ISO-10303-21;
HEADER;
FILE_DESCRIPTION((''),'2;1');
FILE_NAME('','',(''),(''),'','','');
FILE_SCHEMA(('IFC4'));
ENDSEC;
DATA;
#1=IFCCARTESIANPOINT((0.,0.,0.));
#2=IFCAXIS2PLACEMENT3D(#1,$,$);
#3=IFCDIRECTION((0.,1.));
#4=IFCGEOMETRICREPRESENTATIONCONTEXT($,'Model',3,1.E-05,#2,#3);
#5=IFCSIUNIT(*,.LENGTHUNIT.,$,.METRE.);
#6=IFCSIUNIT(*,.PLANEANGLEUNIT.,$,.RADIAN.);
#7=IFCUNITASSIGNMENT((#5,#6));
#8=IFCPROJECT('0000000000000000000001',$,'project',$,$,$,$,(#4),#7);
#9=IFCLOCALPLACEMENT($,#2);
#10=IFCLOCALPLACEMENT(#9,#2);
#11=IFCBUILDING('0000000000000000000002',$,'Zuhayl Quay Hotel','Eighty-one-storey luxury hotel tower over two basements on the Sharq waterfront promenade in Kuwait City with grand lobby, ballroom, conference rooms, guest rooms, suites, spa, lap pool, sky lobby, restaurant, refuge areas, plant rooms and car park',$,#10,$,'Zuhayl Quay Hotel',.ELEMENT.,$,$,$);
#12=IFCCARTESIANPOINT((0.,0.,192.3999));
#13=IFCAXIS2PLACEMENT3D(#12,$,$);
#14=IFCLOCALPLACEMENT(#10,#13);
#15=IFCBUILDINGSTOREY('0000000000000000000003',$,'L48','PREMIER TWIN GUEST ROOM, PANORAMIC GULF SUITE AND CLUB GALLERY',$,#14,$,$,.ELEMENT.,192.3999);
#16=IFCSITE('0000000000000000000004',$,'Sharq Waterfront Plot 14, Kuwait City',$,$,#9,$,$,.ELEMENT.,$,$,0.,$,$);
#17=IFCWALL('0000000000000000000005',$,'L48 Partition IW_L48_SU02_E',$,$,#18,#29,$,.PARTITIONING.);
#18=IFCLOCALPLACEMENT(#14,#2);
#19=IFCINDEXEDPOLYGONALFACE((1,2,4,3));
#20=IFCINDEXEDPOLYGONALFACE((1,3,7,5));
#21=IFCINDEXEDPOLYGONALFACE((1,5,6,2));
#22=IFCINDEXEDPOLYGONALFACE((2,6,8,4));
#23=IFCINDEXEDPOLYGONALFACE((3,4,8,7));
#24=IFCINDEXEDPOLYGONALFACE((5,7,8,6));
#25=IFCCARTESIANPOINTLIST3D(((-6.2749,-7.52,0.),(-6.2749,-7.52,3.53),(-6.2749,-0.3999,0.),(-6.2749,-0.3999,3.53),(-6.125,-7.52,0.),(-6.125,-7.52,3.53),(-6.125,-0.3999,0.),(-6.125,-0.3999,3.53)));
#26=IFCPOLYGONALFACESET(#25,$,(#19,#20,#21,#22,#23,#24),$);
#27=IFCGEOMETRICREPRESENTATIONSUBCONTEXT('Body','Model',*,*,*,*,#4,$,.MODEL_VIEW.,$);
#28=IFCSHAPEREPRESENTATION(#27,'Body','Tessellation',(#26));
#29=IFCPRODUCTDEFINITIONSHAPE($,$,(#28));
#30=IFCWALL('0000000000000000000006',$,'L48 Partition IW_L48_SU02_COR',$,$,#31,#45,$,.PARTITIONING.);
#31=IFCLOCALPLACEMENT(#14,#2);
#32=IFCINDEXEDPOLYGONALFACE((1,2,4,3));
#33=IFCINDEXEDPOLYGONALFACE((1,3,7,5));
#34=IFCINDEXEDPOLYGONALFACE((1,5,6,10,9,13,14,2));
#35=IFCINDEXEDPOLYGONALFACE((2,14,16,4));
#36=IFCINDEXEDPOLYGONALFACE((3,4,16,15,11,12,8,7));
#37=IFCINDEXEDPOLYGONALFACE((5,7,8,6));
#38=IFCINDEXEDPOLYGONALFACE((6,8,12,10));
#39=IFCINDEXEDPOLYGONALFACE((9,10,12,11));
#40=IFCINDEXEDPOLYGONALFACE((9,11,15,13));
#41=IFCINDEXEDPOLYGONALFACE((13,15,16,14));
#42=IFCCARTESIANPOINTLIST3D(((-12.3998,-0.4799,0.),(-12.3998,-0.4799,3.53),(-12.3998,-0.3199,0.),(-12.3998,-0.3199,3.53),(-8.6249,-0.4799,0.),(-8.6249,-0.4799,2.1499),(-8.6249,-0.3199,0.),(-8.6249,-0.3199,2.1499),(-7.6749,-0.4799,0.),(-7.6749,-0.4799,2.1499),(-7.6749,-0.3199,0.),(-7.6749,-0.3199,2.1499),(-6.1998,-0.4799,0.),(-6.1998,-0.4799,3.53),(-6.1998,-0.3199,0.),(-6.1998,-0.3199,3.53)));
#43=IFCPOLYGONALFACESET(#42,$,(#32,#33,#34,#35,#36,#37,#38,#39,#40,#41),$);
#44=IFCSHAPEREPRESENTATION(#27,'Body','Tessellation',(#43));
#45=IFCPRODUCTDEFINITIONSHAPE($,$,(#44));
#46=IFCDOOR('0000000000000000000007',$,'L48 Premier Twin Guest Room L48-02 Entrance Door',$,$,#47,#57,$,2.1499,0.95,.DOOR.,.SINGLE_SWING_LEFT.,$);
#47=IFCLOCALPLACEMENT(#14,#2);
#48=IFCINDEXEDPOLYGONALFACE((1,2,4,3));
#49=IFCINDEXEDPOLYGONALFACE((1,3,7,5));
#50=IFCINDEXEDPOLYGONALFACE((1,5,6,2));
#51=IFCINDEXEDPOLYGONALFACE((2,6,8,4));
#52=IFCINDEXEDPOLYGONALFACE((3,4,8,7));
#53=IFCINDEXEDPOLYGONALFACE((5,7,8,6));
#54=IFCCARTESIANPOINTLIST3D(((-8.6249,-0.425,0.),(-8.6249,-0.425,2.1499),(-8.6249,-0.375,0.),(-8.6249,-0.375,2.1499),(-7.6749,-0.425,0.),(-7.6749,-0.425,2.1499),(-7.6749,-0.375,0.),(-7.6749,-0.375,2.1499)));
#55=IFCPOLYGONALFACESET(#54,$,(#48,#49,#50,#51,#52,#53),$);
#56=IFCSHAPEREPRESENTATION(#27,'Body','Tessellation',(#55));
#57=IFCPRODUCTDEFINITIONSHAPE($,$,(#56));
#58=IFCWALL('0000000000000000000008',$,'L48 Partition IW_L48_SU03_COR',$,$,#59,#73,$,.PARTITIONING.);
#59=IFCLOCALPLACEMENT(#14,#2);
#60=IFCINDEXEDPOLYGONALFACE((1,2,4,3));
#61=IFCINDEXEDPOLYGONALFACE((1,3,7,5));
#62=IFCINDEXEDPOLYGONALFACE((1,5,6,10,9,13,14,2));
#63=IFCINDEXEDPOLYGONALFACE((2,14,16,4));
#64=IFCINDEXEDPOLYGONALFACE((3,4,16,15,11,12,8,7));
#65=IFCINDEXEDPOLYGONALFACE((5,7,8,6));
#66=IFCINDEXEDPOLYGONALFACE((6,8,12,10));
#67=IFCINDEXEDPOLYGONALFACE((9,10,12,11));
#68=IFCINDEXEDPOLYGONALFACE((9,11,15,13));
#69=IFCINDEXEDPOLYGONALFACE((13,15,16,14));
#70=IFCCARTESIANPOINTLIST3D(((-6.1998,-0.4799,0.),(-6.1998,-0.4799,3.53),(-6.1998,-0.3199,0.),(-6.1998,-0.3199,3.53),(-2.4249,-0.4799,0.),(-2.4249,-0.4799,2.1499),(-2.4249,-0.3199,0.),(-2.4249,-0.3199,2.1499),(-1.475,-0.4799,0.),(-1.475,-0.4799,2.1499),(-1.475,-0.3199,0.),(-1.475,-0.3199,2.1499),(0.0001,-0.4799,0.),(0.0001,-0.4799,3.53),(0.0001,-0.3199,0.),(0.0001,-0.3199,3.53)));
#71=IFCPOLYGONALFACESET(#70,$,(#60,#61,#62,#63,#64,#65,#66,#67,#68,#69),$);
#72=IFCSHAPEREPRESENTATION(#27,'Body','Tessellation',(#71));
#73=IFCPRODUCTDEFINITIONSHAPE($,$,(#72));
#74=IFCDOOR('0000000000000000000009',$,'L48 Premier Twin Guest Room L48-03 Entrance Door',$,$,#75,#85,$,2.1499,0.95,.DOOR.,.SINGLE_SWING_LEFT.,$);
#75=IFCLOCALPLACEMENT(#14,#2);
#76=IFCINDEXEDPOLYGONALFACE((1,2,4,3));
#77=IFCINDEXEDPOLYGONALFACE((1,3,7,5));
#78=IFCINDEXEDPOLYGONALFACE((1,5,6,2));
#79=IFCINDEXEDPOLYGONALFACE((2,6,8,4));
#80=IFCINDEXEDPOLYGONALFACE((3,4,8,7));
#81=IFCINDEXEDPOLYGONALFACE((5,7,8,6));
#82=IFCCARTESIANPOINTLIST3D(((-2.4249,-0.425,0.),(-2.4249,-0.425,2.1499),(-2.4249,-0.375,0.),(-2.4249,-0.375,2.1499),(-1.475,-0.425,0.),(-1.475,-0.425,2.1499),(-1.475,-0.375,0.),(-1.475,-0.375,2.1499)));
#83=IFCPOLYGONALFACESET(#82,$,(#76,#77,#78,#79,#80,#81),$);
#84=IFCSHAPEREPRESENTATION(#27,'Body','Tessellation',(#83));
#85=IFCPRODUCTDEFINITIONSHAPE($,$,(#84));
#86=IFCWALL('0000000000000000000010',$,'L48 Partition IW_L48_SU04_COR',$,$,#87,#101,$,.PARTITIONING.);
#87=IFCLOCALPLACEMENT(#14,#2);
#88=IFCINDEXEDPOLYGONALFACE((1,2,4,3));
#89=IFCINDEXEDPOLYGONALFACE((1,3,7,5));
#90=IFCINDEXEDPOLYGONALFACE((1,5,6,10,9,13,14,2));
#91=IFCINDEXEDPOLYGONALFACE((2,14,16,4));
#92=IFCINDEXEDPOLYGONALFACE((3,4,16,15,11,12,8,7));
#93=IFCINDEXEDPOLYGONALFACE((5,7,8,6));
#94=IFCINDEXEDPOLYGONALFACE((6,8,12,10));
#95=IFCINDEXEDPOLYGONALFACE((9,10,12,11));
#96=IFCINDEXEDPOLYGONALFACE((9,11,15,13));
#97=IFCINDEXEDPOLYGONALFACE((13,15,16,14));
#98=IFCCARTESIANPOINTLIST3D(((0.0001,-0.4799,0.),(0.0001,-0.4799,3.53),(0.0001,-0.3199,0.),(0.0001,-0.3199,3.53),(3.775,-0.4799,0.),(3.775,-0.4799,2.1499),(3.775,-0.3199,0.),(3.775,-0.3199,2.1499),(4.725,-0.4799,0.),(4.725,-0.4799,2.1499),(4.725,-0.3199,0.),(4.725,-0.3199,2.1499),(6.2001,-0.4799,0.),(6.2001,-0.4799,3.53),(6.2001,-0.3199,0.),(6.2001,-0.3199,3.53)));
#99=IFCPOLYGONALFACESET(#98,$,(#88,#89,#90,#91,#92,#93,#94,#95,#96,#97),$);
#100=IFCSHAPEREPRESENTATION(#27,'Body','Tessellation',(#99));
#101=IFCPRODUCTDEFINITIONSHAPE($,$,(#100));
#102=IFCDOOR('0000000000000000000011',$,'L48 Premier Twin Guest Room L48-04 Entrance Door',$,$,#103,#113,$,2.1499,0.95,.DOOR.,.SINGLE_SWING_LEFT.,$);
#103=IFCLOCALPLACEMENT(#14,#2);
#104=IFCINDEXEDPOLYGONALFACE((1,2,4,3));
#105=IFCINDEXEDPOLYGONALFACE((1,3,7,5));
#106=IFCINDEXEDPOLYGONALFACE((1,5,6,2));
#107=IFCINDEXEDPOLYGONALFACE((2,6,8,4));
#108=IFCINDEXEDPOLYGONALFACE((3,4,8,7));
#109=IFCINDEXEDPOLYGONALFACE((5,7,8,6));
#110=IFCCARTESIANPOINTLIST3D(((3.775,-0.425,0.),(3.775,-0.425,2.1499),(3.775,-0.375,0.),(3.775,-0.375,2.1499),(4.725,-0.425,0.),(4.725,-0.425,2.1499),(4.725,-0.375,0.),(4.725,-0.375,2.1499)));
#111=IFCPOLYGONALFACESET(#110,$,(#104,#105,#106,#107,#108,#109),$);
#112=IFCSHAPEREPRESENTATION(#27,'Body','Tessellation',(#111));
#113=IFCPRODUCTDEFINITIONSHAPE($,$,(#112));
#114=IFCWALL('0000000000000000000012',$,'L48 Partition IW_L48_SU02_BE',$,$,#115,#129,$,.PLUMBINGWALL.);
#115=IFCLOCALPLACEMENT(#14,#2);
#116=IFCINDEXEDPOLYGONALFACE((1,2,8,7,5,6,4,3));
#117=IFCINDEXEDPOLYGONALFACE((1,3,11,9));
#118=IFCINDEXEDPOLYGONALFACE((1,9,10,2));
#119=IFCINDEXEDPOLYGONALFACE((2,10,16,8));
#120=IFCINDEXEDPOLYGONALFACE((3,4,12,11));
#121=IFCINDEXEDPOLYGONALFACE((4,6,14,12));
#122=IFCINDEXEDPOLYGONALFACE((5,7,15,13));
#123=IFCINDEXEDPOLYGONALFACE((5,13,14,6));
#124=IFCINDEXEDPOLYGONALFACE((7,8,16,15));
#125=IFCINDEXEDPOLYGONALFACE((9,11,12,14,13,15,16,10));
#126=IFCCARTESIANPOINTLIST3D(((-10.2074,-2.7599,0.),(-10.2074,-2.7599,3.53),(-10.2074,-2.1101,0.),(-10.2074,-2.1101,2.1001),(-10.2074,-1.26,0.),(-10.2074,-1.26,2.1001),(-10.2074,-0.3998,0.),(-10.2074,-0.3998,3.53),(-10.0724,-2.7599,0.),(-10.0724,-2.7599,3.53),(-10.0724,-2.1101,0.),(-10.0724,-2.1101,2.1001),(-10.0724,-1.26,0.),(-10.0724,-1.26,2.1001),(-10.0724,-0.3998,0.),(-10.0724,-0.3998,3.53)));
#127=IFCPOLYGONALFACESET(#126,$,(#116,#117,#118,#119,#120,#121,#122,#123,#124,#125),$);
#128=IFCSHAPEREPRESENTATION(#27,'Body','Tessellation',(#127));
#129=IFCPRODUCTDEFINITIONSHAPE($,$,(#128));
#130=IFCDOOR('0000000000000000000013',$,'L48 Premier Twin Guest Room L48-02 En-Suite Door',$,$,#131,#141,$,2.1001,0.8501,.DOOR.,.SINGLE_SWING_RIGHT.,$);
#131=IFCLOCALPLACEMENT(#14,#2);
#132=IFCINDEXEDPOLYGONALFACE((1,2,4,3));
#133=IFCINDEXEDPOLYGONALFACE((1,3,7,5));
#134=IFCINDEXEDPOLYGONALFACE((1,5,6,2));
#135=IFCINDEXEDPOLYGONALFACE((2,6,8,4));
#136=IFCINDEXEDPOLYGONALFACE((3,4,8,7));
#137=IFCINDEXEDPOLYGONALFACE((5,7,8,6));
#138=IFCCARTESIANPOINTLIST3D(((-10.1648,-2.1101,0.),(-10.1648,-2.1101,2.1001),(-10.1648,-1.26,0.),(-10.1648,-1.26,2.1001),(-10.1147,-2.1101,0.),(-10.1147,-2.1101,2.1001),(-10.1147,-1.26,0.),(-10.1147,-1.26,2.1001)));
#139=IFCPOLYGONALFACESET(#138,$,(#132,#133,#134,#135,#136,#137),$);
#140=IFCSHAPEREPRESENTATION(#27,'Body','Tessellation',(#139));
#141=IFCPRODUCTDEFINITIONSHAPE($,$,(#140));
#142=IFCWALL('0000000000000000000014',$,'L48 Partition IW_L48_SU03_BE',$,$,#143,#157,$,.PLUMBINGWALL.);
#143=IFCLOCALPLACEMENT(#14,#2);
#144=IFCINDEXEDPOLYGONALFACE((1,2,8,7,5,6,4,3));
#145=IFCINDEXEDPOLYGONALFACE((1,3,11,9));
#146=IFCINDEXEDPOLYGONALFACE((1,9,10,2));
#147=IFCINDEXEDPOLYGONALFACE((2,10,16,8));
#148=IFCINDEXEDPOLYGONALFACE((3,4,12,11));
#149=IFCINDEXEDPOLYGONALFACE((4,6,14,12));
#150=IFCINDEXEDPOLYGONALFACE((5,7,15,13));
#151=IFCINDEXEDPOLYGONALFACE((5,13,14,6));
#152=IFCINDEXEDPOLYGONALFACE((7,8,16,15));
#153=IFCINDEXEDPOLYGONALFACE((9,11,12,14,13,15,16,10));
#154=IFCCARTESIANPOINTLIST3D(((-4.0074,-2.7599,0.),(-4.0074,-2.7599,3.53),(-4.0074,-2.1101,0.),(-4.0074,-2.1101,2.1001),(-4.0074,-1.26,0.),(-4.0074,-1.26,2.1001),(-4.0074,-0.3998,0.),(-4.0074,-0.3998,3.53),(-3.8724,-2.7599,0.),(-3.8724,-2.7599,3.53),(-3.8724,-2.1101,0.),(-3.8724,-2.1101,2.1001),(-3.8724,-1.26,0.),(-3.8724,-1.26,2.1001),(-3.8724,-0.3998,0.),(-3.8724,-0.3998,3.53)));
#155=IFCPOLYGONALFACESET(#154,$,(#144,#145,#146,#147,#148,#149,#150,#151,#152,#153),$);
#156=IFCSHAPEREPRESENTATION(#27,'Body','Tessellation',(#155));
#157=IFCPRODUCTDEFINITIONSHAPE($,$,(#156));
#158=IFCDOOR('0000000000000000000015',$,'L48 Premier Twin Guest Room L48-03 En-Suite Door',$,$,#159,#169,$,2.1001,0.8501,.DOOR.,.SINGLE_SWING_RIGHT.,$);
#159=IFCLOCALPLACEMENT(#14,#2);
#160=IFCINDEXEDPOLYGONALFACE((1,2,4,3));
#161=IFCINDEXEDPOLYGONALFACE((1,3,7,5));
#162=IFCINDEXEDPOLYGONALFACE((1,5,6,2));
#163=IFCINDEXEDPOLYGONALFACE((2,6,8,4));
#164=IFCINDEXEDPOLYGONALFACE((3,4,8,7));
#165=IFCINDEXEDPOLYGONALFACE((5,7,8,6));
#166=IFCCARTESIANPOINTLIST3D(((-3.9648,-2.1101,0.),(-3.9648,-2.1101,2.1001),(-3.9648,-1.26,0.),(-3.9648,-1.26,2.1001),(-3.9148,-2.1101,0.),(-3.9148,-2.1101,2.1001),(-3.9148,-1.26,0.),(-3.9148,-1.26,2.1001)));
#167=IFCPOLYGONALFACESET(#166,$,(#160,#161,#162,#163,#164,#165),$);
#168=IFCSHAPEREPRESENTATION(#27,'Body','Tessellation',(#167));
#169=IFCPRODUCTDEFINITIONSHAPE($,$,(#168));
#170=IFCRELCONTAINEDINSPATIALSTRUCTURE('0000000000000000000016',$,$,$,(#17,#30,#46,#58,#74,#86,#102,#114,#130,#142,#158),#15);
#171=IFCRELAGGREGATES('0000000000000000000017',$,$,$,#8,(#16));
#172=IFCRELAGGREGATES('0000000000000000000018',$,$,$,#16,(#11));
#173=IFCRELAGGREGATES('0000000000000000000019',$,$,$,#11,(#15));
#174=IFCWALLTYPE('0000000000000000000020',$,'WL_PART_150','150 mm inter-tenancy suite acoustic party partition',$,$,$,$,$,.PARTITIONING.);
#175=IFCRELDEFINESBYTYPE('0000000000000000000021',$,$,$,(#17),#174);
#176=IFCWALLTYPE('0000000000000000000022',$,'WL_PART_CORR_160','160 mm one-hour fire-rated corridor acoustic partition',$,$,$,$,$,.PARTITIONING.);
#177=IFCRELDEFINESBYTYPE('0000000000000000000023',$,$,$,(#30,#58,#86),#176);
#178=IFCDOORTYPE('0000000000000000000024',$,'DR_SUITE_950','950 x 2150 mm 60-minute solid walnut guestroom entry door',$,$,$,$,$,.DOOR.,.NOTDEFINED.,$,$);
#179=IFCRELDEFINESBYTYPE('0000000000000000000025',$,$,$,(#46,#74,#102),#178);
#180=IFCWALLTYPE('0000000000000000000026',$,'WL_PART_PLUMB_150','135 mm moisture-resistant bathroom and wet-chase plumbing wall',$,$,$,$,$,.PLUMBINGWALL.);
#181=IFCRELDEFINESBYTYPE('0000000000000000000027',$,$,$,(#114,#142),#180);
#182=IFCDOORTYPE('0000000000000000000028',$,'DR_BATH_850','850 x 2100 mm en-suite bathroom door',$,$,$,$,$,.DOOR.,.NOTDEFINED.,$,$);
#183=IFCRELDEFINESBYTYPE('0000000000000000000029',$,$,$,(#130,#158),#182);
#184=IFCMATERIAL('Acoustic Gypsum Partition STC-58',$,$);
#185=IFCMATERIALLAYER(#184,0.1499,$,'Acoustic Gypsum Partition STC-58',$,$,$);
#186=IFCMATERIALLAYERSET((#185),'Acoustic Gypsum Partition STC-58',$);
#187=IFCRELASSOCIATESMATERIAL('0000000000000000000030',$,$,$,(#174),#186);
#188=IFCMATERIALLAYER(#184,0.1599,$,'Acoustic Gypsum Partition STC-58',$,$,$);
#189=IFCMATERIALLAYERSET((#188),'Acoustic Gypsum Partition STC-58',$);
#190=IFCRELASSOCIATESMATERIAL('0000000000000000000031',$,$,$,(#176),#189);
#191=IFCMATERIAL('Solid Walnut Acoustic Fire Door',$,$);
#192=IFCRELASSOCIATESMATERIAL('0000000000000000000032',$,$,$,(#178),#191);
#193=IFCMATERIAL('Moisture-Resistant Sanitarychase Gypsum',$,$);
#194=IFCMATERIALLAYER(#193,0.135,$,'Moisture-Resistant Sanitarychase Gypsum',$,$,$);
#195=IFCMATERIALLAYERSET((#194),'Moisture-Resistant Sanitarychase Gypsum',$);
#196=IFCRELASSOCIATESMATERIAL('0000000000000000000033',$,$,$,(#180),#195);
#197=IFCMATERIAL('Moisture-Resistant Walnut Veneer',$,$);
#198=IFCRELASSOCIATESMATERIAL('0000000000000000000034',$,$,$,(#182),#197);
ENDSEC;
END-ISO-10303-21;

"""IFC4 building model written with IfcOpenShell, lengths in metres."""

from ifc_helpers import new_model, si_unit, direction, frame, frame_2d, origin, place, context, subcontext, project, spatial, rectangle, extrude, material, layer, layer_set, type_object, element, fill, save


model = new_model("IFC4")

# Units and contexts
model_context = context("Model", 3, precision=1e-05, world=origin(), true_north=direction((0.0, 1.0)))
body_context = subcontext(model_context, "Body", "Model", "MODEL_VIEW")
ifc_project = project(units=[si_unit("LENGTHUNIT", "METRE"), si_unit("PLANEANGLEUNIT", "RADIAN")], contexts=[model_context])

# Site, building, storey
site_placement = place(None, origin())
site = spatial("IfcSite", under=ifc_project, at=site_placement, Name="Sharq Waterfront Plot 14, Kuwait City", CompositionType="ELEMENT", RefElevation=0.0)
building_placement = place(site_placement, origin())
building = spatial("IfcBuilding", under=site, at=building_placement, Name="Zuhayl Quay Hotel", Description="Eighty-one-storey luxury hotel tower over two basements on the Sharq waterfront promenade in Kuwait City with grand lobby, ballroom, conference rooms, guest rooms, suites, spa, lap pool, sky lobby, restaurant, refuge areas, plant rooms and car park", LongName="Zuhayl Quay Hotel", CompositionType="ELEMENT")
storey_placement = place(building_placement, frame((0.0, 0.0, 192.3999)))
storey = spatial("IfcBuildingStorey", under=building, at=storey_placement, Name="L48", Description="PREMIER TWIN GUEST ROOM, PANORAMIC GULF SUITE AND CLUB GALLERY", CompositionType="ELEMENT", Elevation=192.3999)

# Wall
ifc_material_1 = material(Name="Acoustic Gypsum Partition STC-58")
ifc_layer_1 = layer(ifc_material_1, 0.1499, Name="Acoustic Gypsum Partition STC-58")
ifc_layer_set_1 = layer_set([ifc_layer_1], Name="Acoustic Gypsum Partition STC-58")
wall_type_1 = type_object("IfcWallType", Name="WL_PART_150", Description="150 mm inter-tenancy suite acoustic party partition", PredefinedType="PARTITIONING", material=ifc_layer_set_1)
wall_1_placement = place(storey_placement, frame((-6.2, -7.52, 0.0), z_axis=(0.0, 0.0, 1.0), x_axis=(0.0, 1.0, 0.0)))
element("IfcWall", 1, at=wall_1_placement, inside=storey, type_object=wall_type_1, Name="L48 Partition IW_L48_SU02_E", PredefinedType="PARTITIONING", context=body_context, shape_type="SweptSolid", body=[
    extrude(rectangle(XDim=7.1201, YDim=0.1499, at=frame_2d((3.5601, 0.0))), origin(), (0.0, 0.0, 1.0), 3.53),
])

# Walls, openings, doors
ifc_layer_2 = layer(ifc_material_1, 0.1599, Name="Acoustic Gypsum Partition STC-58")
ifc_layer_set_2 = layer_set([ifc_layer_2], Name="Acoustic Gypsum Partition STC-58")
wall_type_2 = type_object("IfcWallType", Name="WL_PART_CORR_160", Description="160 mm one-hour fire-rated corridor acoustic partition", PredefinedType="PARTITIONING", material=ifc_layer_set_2)
wall_2_placement = place(storey_placement, frame((-12.3999, -0.3999, 0.0), z_axis=(0.0, 0.0, 1.0), x_axis=(1.0, 0.0, 0.0)))
wall_2 = element("IfcWall", 2, at=wall_2_placement, inside=storey, type_object=wall_type_2, Name="L48 Partition IW_L48_SU02_COR", PredefinedType="PARTITIONING", context=body_context, shape_type="SweptSolid", body=[
    extrude(rectangle(XDim=6.2, YDim=0.1599, at=frame_2d((3.1001, 0.0))), origin(), (0.0, 0.0, 1.0), 3.53),
])
opening_1_placement = place(wall_2_placement, frame((3.7749, 0.0, 0.0)))
opening_1 = element("IfcOpeningElement", 3, at=opening_1_placement, cuts=wall_2, PredefinedType="OPENING", context=body_context, shape_type="SweptSolid", body=[
    extrude(rectangle(XDim=0.95, YDim=2.1499, at=frame_2d((0.4751, 1.075))), frame((0.0, 0.0898, 0.0), z_axis=(0.0, -1.0, 0.0), x_axis=(1.0, 0.0, 0.0)), (0.0, 0.0, 1.0), 0.1799),
])
ifc_material_2 = material(Name="Solid Walnut Acoustic Fire Door")
door_type_1 = type_object("IfcDoorType", Name="DR_SUITE_950", Description="950 x 2150 mm 60-minute solid walnut guestroom entry door", OperationType="NOTDEFINED", PredefinedType="DOOR", material=ifc_material_2)
door_1_placement = place(opening_1_placement, origin())
door_1 = element("IfcDoor", 4, at=door_1_placement, inside=storey, type_object=door_type_1, Name="L48 Premier Twin Guest Room L48-02 Entrance Door", OperationType="SINGLE_SWING_LEFT", OverallHeight=2.1499, OverallWidth=0.95, PredefinedType="DOOR", context=body_context, shape_type="SweptSolid", body=[
    extrude(rectangle(XDim=0.95, YDim=2.1499, at=frame_2d((0.4751, 1.075))), frame((0.0, 0.0249, 0.0), z_axis=(0.0, -1.0, 0.0), x_axis=(1.0, 0.0, 0.0)), (0.0, 0.0, 1.0), 0.05),
])
fill(opening_1, door_1)
wall_3_placement = place(storey_placement, frame((-6.2, -0.3999, 0.0), z_axis=(0.0, 0.0, 1.0), x_axis=(1.0, 0.0, 0.0)))
wall_3 = element("IfcWall", 5, at=wall_3_placement, inside=storey, type_object=wall_type_2, Name="L48 Partition IW_L48_SU03_COR", PredefinedType="PARTITIONING", context=body_context, shape_type="SweptSolid", body=[
    extrude(rectangle(XDim=6.2, YDim=0.1599, at=frame_2d((3.1001, 0.0))), origin(), (0.0, 0.0, 1.0), 3.53),
])
opening_2_placement = place(wall_3_placement, frame((3.7749, 0.0, 0.0)))
opening_2 = element("IfcOpeningElement", 6, at=opening_2_placement, cuts=wall_3, PredefinedType="OPENING", context=body_context, shape_type="SweptSolid", body=[
    extrude(rectangle(XDim=0.95, YDim=2.1499, at=frame_2d((0.4751, 1.075))), frame((0.0, 0.0898, 0.0), z_axis=(0.0, -1.0, 0.0), x_axis=(1.0, 0.0, 0.0)), (0.0, 0.0, 1.0), 0.1799),
])
door_2_placement = place(opening_2_placement, origin())
door_2 = element("IfcDoor", 7, at=door_2_placement, inside=storey, type_object=door_type_1, Name="L48 Premier Twin Guest Room L48-03 Entrance Door", OperationType="SINGLE_SWING_LEFT", OverallHeight=2.1499, OverallWidth=0.95, PredefinedType="DOOR", context=body_context, shape_type="SweptSolid", body=[
    extrude(rectangle(XDim=0.95, YDim=2.1499, at=frame_2d((0.4751, 1.075))), frame((0.0, 0.0249, 0.0), z_axis=(0.0, -1.0, 0.0), x_axis=(1.0, 0.0, 0.0)), (0.0, 0.0, 1.0), 0.05),
])
fill(opening_2, door_2)
wall_4_placement = place(storey_placement, frame((0.0, -0.3999, 0.0), z_axis=(0.0, 0.0, 1.0), x_axis=(1.0, 0.0, 0.0)))
wall_4 = element("IfcWall", 8, at=wall_4_placement, inside=storey, type_object=wall_type_2, Name="L48 Partition IW_L48_SU04_COR", PredefinedType="PARTITIONING", context=body_context, shape_type="SweptSolid", body=[
    extrude(rectangle(XDim=6.2, YDim=0.1599, at=frame_2d((3.1001, 0.0))), origin(), (0.0, 0.0, 1.0), 3.53),
])
opening_3_placement = place(wall_4_placement, frame((3.7749, 0.0, 0.0)))
opening_3 = element("IfcOpeningElement", 9, at=opening_3_placement, cuts=wall_4, PredefinedType="OPENING", context=body_context, shape_type="SweptSolid", body=[
    extrude(rectangle(XDim=0.95, YDim=2.1499, at=frame_2d((0.4751, 1.075))), frame((0.0, 0.0898, 0.0), z_axis=(0.0, -1.0, 0.0), x_axis=(1.0, 0.0, 0.0)), (0.0, 0.0, 1.0), 0.1799),
])
door_3_placement = place(opening_3_placement, origin())
door_3 = element("IfcDoor", 10, at=door_3_placement, inside=storey, type_object=door_type_1, Name="L48 Premier Twin Guest Room L48-04 Entrance Door", OperationType="SINGLE_SWING_LEFT", OverallHeight=2.1499, OverallWidth=0.95, PredefinedType="DOOR", context=body_context, shape_type="SweptSolid", body=[
    extrude(rectangle(XDim=0.95, YDim=2.1499, at=frame_2d((0.4751, 1.075))), frame((0.0, 0.0249, 0.0), z_axis=(0.0, -1.0, 0.0), x_axis=(1.0, 0.0, 0.0)), (0.0, 0.0, 1.0), 0.05),
])
fill(opening_3, door_3)
ifc_material_3 = material(Name="Moisture-Resistant Sanitarychase Gypsum")
ifc_layer_3 = layer(ifc_material_3, 0.135, Name="Moisture-Resistant Sanitarychase Gypsum")
ifc_layer_set_3 = layer_set([ifc_layer_3], Name="Moisture-Resistant Sanitarychase Gypsum")
wall_type_3 = type_object("IfcWallType", Name="WL_PART_PLUMB_150", Description="135 mm moisture-resistant bathroom and wet-chase plumbing wall", PredefinedType="PLUMBINGWALL", material=ifc_layer_set_3)
wall_5_placement = place(storey_placement, frame((-10.1399, -2.76, 0.0), z_axis=(0.0, 0.0, 1.0), x_axis=(0.0, 1.0, 0.0)))
wall_5 = element("IfcWall", 11, at=wall_5_placement, inside=storey, type_object=wall_type_3, Name="L48 Partition IW_L48_SU02_BE", PredefinedType="PLUMBINGWALL", context=body_context, shape_type="SweptSolid", body=[
    extrude(rectangle(XDim=2.3601, YDim=0.135, at=frame_2d((1.1802, 0.0))), origin(), (0.0, 0.0, 1.0), 3.53),
])
opening_4_placement = place(wall_5_placement, frame((0.6499, 0.0, 0.0)))
opening_4 = element("IfcOpeningElement", 12, at=opening_4_placement, cuts=wall_5, PredefinedType="OPENING", context=body_context, shape_type="SweptSolid", body=[
    extrude(rectangle(XDim=0.8501, YDim=2.1001, at=frame_2d((0.425, 1.05))), frame((0.0, 0.0774, 0.0), z_axis=(0.0, -1.0, 0.0), x_axis=(1.0, 0.0, 0.0)), (0.0, 0.0, 1.0), 0.155),
])
ifc_material_4 = material(Name="Moisture-Resistant Walnut Veneer")
door_type_2 = type_object("IfcDoorType", Name="DR_BATH_850", Description="850 x 2100 mm en-suite bathroom door", OperationType="NOTDEFINED", PredefinedType="DOOR", material=ifc_material_4)
door_4_placement = place(opening_4_placement, origin())
door_4 = element("IfcDoor", 13, at=door_4_placement, inside=storey, type_object=door_type_2, Name="L48 Premier Twin Guest Room L48-02 En-Suite Door", OperationType="SINGLE_SWING_RIGHT", OverallHeight=2.1001, OverallWidth=0.8501, PredefinedType="DOOR", context=body_context, shape_type="SweptSolid", body=[
    extrude(rectangle(XDim=0.8501, YDim=2.1001, at=frame_2d((0.425, 1.05))), frame((0.0, 0.0249, 0.0), z_axis=(0.0, -1.0, 0.0), x_axis=(1.0, 0.0, 0.0)), (0.0, 0.0, 1.0), 0.05),
])
fill(opening_4, door_4)
wall_6_placement = place(storey_placement, frame((-3.9399, -2.76, 0.0), z_axis=(0.0, 0.0, 1.0), x_axis=(0.0, 1.0, 0.0)))
wall_6 = element("IfcWall", 14, at=wall_6_placement, inside=storey, type_object=wall_type_3, Name="L48 Partition IW_L48_SU03_BE", PredefinedType="PLUMBINGWALL", context=body_context, shape_type="SweptSolid", body=[
    extrude(rectangle(XDim=2.3601, YDim=0.135, at=frame_2d((1.1802, 0.0))), origin(), (0.0, 0.0, 1.0), 3.53),
])
opening_5_placement = place(wall_6_placement, frame((0.6499, 0.0, 0.0)))
opening_5 = element("IfcOpeningElement", 15, at=opening_5_placement, cuts=wall_6, PredefinedType="OPENING", context=body_context, shape_type="SweptSolid", body=[
    extrude(rectangle(XDim=0.8501, YDim=2.1001, at=frame_2d((0.425, 1.05))), frame((0.0, 0.0774, 0.0), z_axis=(0.0, -1.0, 0.0), x_axis=(1.0, 0.0, 0.0)), (0.0, 0.0, 1.0), 0.155),
])
door_5_placement = place(opening_5_placement, origin())
door_5 = element("IfcDoor", 16, at=door_5_placement, inside=storey, type_object=door_type_2, Name="L48 Premier Twin Guest Room L48-03 En-Suite Door", OperationType="SINGLE_SWING_RIGHT", OverallHeight=2.1001, OverallWidth=0.8501, PredefinedType="DOOR", context=body_context, shape_type="SweptSolid", body=[
    extrude(rectangle(XDim=0.8501, YDim=2.1001, at=frame_2d((0.425, 1.05))), frame((0.0, 0.0249, 0.0), z_axis=(0.0, -1.0, 0.0), x_axis=(1.0, 0.0, 0.0)), (0.0, 0.0, 1.0), 0.05),
])
fill(opening_5, door_5)

save(model, "model.ifc")
